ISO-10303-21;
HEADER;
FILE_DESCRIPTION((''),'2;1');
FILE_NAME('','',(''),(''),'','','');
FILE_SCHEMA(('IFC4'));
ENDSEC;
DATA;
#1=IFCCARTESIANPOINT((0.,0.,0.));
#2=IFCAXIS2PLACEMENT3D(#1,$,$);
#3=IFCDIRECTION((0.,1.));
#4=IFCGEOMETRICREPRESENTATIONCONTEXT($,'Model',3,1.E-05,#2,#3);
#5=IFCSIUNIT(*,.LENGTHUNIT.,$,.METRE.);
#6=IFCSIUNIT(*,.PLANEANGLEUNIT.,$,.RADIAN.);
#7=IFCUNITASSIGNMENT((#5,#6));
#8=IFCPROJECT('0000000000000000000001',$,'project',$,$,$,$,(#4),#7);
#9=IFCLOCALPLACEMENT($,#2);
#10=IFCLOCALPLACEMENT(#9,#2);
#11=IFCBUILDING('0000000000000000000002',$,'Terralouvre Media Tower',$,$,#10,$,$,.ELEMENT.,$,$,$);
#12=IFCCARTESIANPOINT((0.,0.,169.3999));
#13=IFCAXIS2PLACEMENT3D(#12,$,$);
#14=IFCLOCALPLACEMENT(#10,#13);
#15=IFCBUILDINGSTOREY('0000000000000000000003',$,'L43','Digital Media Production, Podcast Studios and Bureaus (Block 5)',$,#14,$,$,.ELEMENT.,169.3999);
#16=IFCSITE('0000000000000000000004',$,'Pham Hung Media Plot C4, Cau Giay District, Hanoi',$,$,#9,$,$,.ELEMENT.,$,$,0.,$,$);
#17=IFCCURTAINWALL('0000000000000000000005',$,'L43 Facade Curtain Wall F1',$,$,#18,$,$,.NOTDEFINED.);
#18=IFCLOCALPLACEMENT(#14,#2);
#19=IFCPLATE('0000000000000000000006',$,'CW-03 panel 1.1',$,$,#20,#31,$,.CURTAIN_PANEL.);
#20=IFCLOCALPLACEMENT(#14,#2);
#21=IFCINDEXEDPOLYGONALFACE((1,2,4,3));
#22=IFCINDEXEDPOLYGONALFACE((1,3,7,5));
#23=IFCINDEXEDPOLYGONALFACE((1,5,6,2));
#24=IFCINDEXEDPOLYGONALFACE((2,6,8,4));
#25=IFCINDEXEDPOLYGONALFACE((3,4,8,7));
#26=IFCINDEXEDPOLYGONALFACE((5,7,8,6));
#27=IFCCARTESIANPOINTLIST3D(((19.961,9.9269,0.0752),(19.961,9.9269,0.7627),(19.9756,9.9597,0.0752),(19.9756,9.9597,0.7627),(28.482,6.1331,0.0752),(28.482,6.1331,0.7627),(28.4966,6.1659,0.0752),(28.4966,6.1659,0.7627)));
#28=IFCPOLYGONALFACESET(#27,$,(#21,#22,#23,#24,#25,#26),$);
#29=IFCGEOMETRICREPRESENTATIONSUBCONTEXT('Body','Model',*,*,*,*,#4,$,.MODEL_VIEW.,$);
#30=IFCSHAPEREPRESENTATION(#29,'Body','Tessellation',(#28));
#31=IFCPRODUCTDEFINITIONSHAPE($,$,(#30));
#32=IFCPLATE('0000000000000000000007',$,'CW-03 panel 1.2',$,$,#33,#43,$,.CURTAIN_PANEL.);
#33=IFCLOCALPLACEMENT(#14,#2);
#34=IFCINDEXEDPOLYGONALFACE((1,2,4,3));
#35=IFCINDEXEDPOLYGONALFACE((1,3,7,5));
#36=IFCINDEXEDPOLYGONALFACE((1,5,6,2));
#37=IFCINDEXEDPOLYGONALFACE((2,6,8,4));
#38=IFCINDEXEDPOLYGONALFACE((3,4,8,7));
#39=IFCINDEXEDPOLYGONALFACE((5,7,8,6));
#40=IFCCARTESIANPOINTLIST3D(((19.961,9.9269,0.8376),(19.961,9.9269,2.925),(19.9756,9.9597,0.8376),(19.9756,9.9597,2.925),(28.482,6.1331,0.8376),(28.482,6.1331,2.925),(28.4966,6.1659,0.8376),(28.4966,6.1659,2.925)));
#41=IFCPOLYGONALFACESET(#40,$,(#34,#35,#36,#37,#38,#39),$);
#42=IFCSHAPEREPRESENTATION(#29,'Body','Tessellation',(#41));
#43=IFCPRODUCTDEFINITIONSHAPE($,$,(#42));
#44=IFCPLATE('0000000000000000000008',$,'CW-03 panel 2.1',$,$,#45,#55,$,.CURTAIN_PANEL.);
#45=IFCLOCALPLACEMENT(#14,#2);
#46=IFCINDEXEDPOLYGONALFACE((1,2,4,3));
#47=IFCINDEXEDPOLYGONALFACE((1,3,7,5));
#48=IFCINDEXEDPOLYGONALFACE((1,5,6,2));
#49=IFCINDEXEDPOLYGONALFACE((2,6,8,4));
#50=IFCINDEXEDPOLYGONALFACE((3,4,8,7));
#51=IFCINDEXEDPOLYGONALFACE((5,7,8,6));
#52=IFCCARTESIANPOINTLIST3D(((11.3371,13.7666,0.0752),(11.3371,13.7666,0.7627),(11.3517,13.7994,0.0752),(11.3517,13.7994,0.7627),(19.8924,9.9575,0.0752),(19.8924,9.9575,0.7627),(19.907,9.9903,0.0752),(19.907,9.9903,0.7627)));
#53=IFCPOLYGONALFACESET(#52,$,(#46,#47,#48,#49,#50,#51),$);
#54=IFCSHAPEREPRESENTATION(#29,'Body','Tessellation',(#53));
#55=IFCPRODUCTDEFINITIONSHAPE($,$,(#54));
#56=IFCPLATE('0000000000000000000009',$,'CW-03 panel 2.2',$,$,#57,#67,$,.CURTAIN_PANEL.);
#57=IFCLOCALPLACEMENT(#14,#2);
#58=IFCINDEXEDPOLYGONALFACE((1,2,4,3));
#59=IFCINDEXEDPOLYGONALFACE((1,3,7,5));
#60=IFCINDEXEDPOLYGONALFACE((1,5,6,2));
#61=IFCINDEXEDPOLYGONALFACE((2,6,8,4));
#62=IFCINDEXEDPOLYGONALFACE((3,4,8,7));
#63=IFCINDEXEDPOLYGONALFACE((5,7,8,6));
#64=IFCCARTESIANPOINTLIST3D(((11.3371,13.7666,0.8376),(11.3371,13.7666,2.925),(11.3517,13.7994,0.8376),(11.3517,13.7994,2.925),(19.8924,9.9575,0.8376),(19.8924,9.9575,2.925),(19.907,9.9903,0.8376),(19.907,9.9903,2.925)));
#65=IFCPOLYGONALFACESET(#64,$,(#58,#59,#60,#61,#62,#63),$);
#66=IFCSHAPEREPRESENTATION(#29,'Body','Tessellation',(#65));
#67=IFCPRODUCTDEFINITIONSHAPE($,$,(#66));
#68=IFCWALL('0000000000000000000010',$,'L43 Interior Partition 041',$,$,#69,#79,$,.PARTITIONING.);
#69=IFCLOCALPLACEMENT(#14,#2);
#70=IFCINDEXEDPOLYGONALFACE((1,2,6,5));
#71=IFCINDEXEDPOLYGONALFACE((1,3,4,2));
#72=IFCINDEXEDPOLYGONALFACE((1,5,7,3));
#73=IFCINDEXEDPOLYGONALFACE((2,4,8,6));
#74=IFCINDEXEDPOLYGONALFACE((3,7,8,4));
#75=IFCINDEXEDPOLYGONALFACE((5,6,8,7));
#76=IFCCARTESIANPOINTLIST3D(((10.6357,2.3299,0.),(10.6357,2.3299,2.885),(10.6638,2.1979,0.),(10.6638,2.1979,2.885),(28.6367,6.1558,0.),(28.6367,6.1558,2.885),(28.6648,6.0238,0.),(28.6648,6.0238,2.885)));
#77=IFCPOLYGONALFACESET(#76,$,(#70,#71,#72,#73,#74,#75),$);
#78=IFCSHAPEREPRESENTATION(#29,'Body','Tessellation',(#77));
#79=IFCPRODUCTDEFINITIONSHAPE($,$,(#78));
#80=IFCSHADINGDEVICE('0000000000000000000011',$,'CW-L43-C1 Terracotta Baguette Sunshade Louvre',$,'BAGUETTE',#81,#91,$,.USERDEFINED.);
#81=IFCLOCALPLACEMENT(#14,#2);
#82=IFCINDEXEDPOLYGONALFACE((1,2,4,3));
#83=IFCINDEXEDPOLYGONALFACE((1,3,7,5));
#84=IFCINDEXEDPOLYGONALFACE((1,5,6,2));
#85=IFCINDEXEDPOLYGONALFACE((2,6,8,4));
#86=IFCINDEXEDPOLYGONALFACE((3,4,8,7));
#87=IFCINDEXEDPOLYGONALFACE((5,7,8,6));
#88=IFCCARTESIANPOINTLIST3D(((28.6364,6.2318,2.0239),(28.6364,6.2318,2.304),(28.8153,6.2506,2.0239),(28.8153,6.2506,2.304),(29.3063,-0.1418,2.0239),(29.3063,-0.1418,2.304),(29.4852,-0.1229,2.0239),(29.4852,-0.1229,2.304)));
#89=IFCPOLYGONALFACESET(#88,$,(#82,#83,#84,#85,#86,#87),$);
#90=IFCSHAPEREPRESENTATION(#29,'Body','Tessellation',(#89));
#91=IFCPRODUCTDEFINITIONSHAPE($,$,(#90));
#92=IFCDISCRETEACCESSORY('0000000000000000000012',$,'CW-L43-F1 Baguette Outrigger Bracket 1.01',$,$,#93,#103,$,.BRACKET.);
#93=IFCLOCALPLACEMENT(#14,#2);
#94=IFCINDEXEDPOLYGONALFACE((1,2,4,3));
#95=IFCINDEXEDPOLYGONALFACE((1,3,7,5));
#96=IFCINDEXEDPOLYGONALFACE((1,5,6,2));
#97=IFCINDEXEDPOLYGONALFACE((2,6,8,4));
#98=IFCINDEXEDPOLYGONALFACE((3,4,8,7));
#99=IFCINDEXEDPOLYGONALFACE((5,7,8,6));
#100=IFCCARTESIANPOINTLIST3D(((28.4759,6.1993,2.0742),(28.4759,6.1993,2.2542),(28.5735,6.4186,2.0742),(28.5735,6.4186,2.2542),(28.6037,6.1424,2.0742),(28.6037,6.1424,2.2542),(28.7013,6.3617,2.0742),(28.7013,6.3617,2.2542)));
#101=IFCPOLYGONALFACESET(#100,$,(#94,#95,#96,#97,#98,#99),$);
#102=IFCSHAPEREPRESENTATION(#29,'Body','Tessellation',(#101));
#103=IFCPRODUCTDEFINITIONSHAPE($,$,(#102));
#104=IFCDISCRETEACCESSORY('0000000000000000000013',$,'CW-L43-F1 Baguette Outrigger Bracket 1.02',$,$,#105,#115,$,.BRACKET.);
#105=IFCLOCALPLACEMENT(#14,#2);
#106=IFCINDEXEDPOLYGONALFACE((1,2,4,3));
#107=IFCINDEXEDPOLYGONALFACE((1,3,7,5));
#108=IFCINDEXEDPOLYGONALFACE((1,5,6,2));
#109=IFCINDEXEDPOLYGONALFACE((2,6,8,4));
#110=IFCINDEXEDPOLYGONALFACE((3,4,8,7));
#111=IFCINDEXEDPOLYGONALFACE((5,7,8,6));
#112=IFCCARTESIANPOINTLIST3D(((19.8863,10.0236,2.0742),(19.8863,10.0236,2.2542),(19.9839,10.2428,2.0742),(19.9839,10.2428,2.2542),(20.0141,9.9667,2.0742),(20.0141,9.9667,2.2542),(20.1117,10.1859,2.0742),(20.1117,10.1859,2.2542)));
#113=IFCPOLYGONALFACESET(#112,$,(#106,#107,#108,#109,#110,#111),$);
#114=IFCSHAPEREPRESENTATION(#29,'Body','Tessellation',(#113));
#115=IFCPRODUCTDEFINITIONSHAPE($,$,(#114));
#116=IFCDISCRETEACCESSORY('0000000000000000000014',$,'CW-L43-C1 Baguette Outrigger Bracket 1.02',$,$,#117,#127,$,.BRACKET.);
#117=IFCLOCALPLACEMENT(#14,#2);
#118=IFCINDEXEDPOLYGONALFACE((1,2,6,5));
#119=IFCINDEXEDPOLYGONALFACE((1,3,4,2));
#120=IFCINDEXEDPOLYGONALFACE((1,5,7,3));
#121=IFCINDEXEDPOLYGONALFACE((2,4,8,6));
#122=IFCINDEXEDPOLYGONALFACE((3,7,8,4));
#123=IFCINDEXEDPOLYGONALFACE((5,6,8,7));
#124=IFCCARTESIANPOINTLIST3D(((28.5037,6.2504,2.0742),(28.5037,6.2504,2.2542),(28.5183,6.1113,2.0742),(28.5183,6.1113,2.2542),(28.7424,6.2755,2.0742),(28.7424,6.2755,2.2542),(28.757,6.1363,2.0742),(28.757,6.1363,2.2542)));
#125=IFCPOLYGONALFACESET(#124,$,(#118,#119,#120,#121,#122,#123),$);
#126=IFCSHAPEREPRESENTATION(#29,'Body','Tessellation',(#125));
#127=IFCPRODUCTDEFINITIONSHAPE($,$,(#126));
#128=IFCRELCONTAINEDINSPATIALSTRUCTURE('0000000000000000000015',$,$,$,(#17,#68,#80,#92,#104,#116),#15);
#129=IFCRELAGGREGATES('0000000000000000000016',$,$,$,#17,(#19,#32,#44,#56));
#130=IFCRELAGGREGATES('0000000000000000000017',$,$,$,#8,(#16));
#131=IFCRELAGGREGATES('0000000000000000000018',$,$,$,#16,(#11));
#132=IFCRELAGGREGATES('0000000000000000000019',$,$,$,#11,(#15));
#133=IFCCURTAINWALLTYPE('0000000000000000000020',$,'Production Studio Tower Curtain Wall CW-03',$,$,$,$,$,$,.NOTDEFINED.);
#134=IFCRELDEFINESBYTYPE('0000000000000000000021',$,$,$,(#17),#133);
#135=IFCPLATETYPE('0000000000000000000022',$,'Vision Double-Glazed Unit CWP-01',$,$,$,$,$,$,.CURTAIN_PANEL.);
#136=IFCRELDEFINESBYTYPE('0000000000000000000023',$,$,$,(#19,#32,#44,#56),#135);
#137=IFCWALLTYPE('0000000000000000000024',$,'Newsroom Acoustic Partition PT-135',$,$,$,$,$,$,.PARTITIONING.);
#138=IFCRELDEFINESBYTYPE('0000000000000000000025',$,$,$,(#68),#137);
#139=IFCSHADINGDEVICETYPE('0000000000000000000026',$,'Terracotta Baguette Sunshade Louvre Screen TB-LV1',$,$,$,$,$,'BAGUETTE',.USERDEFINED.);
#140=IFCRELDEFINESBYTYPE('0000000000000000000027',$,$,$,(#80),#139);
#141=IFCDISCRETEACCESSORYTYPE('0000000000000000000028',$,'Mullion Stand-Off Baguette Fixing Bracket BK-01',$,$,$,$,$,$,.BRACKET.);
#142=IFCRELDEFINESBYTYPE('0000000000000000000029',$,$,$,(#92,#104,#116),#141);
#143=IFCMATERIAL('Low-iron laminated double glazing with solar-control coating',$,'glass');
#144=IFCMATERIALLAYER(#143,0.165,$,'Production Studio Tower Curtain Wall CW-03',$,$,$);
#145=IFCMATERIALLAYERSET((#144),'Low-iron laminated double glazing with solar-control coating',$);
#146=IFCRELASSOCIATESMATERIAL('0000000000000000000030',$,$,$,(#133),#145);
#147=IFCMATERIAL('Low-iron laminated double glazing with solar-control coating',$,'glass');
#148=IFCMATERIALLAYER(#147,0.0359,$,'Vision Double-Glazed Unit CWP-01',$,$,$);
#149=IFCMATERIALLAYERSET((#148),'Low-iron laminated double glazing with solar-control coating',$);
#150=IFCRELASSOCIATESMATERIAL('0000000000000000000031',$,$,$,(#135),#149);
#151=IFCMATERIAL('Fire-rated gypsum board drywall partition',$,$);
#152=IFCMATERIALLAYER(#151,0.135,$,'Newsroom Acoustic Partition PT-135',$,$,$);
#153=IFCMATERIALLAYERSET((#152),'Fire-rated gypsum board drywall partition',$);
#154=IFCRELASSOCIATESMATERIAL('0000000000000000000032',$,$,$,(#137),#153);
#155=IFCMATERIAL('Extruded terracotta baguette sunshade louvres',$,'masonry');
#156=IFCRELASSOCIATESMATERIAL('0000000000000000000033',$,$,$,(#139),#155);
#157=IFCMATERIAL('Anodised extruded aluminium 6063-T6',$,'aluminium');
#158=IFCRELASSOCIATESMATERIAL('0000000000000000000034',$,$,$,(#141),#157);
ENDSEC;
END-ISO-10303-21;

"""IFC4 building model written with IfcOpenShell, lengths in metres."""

from ifc_helpers import new_model, si_unit, direction, frame, frame_2d, origin, origin_2d, place, context, subcontext, project, spatial, rectangle, extrude, material, layer, layer_set, type_object, element, aggregate, save


model = new_model("IFC4")

# Units and contexts
model_context = context("Model", 3, precision=1e-05, world=origin(), true_north=direction((0.0, 1.0)))
body_context = subcontext(model_context, "Body", "Model", "MODEL_VIEW")
ifc_project = project(units=[si_unit("LENGTHUNIT", "METRE"), si_unit("PLANEANGLEUNIT", "RADIAN")], contexts=[model_context])

# Site, building, storey
site_placement = place(None, origin())
site = spatial("IfcSite", under=ifc_project, at=site_placement, Name="Pham Hung Media Plot C4, Cau Giay District, Hanoi", CompositionType="ELEMENT", RefElevation=0.0)
building_placement = place(site_placement, origin())
building = spatial("IfcBuilding", under=site, at=building_placement, Name="Terralouvre Media Tower", CompositionType="ELEMENT")
storey_placement = place(building_placement, frame((0.0, 0.0, 169.3999)))
storey = spatial("IfcBuildingStorey", under=building, at=storey_placement, Name="L43", Description="Digital Media Production, Podcast Studios and Bureaus (Block 5)", CompositionType="ELEMENT", Elevation=169.3999)

# Curtain wall
ifc_material_1 = material(Name="Low-iron laminated double glazing with solar-control coating", Category="glass")
ifc_layer_1 = layer(ifc_material_1, 0.165, Name="Production Studio Tower Curtain Wall CW-03")
ifc_layer_set_1 = layer_set([ifc_layer_1], Name="Low-iron laminated double glazing with solar-control coating")
curtain_wall_type_1 = type_object("IfcCurtainWallType", Name="Production Studio Tower Curtain Wall CW-03", PredefinedType="NOTDEFINED", material=ifc_layer_set_1)
curtain_wall_1_placement = place(storey_placement, origin())
curtain_wall_1 = element("IfcCurtainWall", 1, at=curtain_wall_1_placement, inside=storey, type_object=curtain_wall_type_1, Name="L43 Facade Curtain Wall F1", PredefinedType="NOTDEFINED")

# Plates
ifc_material_2 = material(Name="Low-iron laminated double glazing with solar-control coating", Category="glass")
ifc_layer_2 = layer(ifc_material_2, 0.0359, Name="Vision Double-Glazed Unit CWP-01")
ifc_layer_set_2 = layer_set([ifc_layer_2], Name="Low-iron laminated double glazing with solar-control coating")
plate_type_1 = type_object("IfcPlateType", Name="Vision Double-Glazed Unit CWP-01", PredefinedType="CURTAIN_PANEL", material=ifc_layer_set_2)
plate_1_placement = place(storey_placement, frame((24.2288, 8.0464, 0.0752), z_axis=(0.0, 0.0, 1.0), x_axis=(-0.913545, 0.406737, 0.0)))
plate_1 = element("IfcPlate", 2, at=plate_1_placement, type_object=plate_type_1, Name="CW-03 panel 1.1", PredefinedType="CURTAIN_PANEL", context=body_context, shape_type="SweptSolid", body=[
    extrude(rectangle(XDim=9.3274, YDim=0.0359, at=origin_2d()), origin(), (0.0, 0.0, 1.0), 0.6875),
])
plate_2_placement = place(storey_placement, frame((24.2288, 8.0464, 0.8376), z_axis=(0.0, 0.0, 1.0), x_axis=(-0.913545, 0.406737, 0.0)))
plate_2 = element("IfcPlate", 3, at=plate_2_placement, type_object=plate_type_1, Name="CW-03 panel 1.2", PredefinedType="CURTAIN_PANEL", context=body_context, shape_type="SweptSolid", body=[
    extrude(rectangle(XDim=9.3274, YDim=0.0359, at=origin_2d()), origin(), (0.0, 0.0, 1.0), 2.0874),
])
plate_3_placement = place(storey_placement, frame((15.6221, 11.8784, 0.0752), z_axis=(0.0, 0.0, 1.0), x_axis=(-0.913545, 0.406737, 0.0)))
plate_3 = element("IfcPlate", 4, at=plate_3_placement, type_object=plate_type_1, Name="CW-03 panel 2.1", PredefinedType="CURTAIN_PANEL", context=body_context, shape_type="SweptSolid", body=[
    extrude(rectangle(XDim=9.365, YDim=0.0359, at=origin_2d()), origin(), (0.0, 0.0, 1.0), 0.6875),
])
plate_4_placement = place(storey_placement, frame((15.6221, 11.8784, 0.8376), z_axis=(0.0, 0.0, 1.0), x_axis=(-0.913545, 0.406737, 0.0)))
plate_4 = element("IfcPlate", 5, at=plate_4_placement, type_object=plate_type_1, Name="CW-03 panel 2.2", PredefinedType="CURTAIN_PANEL", context=body_context, shape_type="SweptSolid", body=[
    extrude(rectangle(XDim=9.365, YDim=0.0359, at=origin_2d()), origin(), (0.0, 0.0, 1.0), 2.0874),
])
aggregate(curtain_wall_1, [plate_1, plate_2, plate_3, plate_4])

# Wall
ifc_material_3 = material(Name="Fire-rated gypsum board drywall partition")
ifc_layer_3 = layer(ifc_material_3, 0.135, Name="Newsroom Acoustic Partition PT-135")
ifc_layer_set_3 = layer_set([ifc_layer_3], Name="Fire-rated gypsum board drywall partition")
wall_type = type_object("IfcWallType", Name="Newsroom Acoustic Partition PT-135", PredefinedType="PARTITIONING", material=ifc_layer_set_3)
wall_placement = place(storey_placement, frame((28.6509, 6.0898, 0.0), z_axis=(0.0, 0.0, 1.0), x_axis=(-0.978151, -0.207896, 0.0)))
element("IfcWall", 6, at=wall_placement, inside=storey, type_object=wall_type, Name="L43 Interior Partition 041", PredefinedType="PARTITIONING", context=body_context, shape_type="SweptSolid", body=[
    extrude(rectangle(XDim=18.4031, YDim=0.135, at=frame_2d((9.2017, 0.0))), origin(), (0.0, 0.0, 1.0), 2.885),
])

# Shading device
ifc_material_4 = material(Name="Extruded terracotta baguette sunshade louvres", Category="masonry")
shading_device_type = type_object("IfcShadingDeviceType", Name="Terracotta Baguette Sunshade Louvre Screen TB-LV1", ElementType="BAGUETTE", PredefinedType="USERDEFINED", material=ifc_material_4)
shading_device_placement = place(storey_placement, frame((29.0608, 3.0544, 2.0239), z_axis=(0.0, 0.0, 1.0), x_axis=(-0.104529, 0.994522, 0.0)))
element("IfcShadingDevice", 7, at=shading_device_placement, inside=storey, type_object=shading_device_type, Name="CW-L43-C1 Terracotta Baguette Sunshade Louvre", ObjectType="BAGUETTE", PredefinedType="USERDEFINED", context=body_context, shape_type="SweptSolid", body=[
    extrude(rectangle(XDim=6.4087, YDim=0.1799, at=origin_2d()), origin(), (0.0, 0.0, 1.0), 0.28),
])

# Discrete accessories
ifc_material_5 = material(Name="Anodised extruded aluminium 6063-T6", Category="aluminium")
discrete_accessory_type = type_object("IfcDiscreteAccessoryType", Name="Mullion Stand-Off Baguette Fixing Bracket BK-01", PredefinedType="BRACKET", material=ifc_material_5)
for number, where, z_axis, x_axis, name in (
    (8, (28.5886, 6.2805, 2.0742), (0.0, 0.0, 1.0), (-0.913545, 0.406737, 0.0), "CW-L43-F1 Baguette Outrigger Bracket 1.01"),
    (9, (19.999, 10.1047, 2.0742), (0.0, 0.0, 1.0), (-0.913545, 0.406737, 0.0), "CW-L43-F1 Baguette Outrigger Bracket 1.02"),
    (10, (28.6304, 6.1934, 2.0742), (0.0, 0.0, 1.0), (-0.104529, 0.994522, 0.0), "CW-L43-C1 Baguette Outrigger Bracket 1.02"),
):
    element("IfcDiscreteAccessory", number, at=place(storey_placement, frame(where, z_axis=z_axis, x_axis=x_axis)), inside=storey, type_object=discrete_accessory_type, Name=name, PredefinedType="BRACKET", context=body_context, shape_type="SweptSolid", body=[
        extrude(rectangle(XDim=0.1399, YDim=0.24, at=origin_2d()), origin(), (0.0, 0.0, 1.0), 0.1799),
    ])

save(model, "model.ifc")
